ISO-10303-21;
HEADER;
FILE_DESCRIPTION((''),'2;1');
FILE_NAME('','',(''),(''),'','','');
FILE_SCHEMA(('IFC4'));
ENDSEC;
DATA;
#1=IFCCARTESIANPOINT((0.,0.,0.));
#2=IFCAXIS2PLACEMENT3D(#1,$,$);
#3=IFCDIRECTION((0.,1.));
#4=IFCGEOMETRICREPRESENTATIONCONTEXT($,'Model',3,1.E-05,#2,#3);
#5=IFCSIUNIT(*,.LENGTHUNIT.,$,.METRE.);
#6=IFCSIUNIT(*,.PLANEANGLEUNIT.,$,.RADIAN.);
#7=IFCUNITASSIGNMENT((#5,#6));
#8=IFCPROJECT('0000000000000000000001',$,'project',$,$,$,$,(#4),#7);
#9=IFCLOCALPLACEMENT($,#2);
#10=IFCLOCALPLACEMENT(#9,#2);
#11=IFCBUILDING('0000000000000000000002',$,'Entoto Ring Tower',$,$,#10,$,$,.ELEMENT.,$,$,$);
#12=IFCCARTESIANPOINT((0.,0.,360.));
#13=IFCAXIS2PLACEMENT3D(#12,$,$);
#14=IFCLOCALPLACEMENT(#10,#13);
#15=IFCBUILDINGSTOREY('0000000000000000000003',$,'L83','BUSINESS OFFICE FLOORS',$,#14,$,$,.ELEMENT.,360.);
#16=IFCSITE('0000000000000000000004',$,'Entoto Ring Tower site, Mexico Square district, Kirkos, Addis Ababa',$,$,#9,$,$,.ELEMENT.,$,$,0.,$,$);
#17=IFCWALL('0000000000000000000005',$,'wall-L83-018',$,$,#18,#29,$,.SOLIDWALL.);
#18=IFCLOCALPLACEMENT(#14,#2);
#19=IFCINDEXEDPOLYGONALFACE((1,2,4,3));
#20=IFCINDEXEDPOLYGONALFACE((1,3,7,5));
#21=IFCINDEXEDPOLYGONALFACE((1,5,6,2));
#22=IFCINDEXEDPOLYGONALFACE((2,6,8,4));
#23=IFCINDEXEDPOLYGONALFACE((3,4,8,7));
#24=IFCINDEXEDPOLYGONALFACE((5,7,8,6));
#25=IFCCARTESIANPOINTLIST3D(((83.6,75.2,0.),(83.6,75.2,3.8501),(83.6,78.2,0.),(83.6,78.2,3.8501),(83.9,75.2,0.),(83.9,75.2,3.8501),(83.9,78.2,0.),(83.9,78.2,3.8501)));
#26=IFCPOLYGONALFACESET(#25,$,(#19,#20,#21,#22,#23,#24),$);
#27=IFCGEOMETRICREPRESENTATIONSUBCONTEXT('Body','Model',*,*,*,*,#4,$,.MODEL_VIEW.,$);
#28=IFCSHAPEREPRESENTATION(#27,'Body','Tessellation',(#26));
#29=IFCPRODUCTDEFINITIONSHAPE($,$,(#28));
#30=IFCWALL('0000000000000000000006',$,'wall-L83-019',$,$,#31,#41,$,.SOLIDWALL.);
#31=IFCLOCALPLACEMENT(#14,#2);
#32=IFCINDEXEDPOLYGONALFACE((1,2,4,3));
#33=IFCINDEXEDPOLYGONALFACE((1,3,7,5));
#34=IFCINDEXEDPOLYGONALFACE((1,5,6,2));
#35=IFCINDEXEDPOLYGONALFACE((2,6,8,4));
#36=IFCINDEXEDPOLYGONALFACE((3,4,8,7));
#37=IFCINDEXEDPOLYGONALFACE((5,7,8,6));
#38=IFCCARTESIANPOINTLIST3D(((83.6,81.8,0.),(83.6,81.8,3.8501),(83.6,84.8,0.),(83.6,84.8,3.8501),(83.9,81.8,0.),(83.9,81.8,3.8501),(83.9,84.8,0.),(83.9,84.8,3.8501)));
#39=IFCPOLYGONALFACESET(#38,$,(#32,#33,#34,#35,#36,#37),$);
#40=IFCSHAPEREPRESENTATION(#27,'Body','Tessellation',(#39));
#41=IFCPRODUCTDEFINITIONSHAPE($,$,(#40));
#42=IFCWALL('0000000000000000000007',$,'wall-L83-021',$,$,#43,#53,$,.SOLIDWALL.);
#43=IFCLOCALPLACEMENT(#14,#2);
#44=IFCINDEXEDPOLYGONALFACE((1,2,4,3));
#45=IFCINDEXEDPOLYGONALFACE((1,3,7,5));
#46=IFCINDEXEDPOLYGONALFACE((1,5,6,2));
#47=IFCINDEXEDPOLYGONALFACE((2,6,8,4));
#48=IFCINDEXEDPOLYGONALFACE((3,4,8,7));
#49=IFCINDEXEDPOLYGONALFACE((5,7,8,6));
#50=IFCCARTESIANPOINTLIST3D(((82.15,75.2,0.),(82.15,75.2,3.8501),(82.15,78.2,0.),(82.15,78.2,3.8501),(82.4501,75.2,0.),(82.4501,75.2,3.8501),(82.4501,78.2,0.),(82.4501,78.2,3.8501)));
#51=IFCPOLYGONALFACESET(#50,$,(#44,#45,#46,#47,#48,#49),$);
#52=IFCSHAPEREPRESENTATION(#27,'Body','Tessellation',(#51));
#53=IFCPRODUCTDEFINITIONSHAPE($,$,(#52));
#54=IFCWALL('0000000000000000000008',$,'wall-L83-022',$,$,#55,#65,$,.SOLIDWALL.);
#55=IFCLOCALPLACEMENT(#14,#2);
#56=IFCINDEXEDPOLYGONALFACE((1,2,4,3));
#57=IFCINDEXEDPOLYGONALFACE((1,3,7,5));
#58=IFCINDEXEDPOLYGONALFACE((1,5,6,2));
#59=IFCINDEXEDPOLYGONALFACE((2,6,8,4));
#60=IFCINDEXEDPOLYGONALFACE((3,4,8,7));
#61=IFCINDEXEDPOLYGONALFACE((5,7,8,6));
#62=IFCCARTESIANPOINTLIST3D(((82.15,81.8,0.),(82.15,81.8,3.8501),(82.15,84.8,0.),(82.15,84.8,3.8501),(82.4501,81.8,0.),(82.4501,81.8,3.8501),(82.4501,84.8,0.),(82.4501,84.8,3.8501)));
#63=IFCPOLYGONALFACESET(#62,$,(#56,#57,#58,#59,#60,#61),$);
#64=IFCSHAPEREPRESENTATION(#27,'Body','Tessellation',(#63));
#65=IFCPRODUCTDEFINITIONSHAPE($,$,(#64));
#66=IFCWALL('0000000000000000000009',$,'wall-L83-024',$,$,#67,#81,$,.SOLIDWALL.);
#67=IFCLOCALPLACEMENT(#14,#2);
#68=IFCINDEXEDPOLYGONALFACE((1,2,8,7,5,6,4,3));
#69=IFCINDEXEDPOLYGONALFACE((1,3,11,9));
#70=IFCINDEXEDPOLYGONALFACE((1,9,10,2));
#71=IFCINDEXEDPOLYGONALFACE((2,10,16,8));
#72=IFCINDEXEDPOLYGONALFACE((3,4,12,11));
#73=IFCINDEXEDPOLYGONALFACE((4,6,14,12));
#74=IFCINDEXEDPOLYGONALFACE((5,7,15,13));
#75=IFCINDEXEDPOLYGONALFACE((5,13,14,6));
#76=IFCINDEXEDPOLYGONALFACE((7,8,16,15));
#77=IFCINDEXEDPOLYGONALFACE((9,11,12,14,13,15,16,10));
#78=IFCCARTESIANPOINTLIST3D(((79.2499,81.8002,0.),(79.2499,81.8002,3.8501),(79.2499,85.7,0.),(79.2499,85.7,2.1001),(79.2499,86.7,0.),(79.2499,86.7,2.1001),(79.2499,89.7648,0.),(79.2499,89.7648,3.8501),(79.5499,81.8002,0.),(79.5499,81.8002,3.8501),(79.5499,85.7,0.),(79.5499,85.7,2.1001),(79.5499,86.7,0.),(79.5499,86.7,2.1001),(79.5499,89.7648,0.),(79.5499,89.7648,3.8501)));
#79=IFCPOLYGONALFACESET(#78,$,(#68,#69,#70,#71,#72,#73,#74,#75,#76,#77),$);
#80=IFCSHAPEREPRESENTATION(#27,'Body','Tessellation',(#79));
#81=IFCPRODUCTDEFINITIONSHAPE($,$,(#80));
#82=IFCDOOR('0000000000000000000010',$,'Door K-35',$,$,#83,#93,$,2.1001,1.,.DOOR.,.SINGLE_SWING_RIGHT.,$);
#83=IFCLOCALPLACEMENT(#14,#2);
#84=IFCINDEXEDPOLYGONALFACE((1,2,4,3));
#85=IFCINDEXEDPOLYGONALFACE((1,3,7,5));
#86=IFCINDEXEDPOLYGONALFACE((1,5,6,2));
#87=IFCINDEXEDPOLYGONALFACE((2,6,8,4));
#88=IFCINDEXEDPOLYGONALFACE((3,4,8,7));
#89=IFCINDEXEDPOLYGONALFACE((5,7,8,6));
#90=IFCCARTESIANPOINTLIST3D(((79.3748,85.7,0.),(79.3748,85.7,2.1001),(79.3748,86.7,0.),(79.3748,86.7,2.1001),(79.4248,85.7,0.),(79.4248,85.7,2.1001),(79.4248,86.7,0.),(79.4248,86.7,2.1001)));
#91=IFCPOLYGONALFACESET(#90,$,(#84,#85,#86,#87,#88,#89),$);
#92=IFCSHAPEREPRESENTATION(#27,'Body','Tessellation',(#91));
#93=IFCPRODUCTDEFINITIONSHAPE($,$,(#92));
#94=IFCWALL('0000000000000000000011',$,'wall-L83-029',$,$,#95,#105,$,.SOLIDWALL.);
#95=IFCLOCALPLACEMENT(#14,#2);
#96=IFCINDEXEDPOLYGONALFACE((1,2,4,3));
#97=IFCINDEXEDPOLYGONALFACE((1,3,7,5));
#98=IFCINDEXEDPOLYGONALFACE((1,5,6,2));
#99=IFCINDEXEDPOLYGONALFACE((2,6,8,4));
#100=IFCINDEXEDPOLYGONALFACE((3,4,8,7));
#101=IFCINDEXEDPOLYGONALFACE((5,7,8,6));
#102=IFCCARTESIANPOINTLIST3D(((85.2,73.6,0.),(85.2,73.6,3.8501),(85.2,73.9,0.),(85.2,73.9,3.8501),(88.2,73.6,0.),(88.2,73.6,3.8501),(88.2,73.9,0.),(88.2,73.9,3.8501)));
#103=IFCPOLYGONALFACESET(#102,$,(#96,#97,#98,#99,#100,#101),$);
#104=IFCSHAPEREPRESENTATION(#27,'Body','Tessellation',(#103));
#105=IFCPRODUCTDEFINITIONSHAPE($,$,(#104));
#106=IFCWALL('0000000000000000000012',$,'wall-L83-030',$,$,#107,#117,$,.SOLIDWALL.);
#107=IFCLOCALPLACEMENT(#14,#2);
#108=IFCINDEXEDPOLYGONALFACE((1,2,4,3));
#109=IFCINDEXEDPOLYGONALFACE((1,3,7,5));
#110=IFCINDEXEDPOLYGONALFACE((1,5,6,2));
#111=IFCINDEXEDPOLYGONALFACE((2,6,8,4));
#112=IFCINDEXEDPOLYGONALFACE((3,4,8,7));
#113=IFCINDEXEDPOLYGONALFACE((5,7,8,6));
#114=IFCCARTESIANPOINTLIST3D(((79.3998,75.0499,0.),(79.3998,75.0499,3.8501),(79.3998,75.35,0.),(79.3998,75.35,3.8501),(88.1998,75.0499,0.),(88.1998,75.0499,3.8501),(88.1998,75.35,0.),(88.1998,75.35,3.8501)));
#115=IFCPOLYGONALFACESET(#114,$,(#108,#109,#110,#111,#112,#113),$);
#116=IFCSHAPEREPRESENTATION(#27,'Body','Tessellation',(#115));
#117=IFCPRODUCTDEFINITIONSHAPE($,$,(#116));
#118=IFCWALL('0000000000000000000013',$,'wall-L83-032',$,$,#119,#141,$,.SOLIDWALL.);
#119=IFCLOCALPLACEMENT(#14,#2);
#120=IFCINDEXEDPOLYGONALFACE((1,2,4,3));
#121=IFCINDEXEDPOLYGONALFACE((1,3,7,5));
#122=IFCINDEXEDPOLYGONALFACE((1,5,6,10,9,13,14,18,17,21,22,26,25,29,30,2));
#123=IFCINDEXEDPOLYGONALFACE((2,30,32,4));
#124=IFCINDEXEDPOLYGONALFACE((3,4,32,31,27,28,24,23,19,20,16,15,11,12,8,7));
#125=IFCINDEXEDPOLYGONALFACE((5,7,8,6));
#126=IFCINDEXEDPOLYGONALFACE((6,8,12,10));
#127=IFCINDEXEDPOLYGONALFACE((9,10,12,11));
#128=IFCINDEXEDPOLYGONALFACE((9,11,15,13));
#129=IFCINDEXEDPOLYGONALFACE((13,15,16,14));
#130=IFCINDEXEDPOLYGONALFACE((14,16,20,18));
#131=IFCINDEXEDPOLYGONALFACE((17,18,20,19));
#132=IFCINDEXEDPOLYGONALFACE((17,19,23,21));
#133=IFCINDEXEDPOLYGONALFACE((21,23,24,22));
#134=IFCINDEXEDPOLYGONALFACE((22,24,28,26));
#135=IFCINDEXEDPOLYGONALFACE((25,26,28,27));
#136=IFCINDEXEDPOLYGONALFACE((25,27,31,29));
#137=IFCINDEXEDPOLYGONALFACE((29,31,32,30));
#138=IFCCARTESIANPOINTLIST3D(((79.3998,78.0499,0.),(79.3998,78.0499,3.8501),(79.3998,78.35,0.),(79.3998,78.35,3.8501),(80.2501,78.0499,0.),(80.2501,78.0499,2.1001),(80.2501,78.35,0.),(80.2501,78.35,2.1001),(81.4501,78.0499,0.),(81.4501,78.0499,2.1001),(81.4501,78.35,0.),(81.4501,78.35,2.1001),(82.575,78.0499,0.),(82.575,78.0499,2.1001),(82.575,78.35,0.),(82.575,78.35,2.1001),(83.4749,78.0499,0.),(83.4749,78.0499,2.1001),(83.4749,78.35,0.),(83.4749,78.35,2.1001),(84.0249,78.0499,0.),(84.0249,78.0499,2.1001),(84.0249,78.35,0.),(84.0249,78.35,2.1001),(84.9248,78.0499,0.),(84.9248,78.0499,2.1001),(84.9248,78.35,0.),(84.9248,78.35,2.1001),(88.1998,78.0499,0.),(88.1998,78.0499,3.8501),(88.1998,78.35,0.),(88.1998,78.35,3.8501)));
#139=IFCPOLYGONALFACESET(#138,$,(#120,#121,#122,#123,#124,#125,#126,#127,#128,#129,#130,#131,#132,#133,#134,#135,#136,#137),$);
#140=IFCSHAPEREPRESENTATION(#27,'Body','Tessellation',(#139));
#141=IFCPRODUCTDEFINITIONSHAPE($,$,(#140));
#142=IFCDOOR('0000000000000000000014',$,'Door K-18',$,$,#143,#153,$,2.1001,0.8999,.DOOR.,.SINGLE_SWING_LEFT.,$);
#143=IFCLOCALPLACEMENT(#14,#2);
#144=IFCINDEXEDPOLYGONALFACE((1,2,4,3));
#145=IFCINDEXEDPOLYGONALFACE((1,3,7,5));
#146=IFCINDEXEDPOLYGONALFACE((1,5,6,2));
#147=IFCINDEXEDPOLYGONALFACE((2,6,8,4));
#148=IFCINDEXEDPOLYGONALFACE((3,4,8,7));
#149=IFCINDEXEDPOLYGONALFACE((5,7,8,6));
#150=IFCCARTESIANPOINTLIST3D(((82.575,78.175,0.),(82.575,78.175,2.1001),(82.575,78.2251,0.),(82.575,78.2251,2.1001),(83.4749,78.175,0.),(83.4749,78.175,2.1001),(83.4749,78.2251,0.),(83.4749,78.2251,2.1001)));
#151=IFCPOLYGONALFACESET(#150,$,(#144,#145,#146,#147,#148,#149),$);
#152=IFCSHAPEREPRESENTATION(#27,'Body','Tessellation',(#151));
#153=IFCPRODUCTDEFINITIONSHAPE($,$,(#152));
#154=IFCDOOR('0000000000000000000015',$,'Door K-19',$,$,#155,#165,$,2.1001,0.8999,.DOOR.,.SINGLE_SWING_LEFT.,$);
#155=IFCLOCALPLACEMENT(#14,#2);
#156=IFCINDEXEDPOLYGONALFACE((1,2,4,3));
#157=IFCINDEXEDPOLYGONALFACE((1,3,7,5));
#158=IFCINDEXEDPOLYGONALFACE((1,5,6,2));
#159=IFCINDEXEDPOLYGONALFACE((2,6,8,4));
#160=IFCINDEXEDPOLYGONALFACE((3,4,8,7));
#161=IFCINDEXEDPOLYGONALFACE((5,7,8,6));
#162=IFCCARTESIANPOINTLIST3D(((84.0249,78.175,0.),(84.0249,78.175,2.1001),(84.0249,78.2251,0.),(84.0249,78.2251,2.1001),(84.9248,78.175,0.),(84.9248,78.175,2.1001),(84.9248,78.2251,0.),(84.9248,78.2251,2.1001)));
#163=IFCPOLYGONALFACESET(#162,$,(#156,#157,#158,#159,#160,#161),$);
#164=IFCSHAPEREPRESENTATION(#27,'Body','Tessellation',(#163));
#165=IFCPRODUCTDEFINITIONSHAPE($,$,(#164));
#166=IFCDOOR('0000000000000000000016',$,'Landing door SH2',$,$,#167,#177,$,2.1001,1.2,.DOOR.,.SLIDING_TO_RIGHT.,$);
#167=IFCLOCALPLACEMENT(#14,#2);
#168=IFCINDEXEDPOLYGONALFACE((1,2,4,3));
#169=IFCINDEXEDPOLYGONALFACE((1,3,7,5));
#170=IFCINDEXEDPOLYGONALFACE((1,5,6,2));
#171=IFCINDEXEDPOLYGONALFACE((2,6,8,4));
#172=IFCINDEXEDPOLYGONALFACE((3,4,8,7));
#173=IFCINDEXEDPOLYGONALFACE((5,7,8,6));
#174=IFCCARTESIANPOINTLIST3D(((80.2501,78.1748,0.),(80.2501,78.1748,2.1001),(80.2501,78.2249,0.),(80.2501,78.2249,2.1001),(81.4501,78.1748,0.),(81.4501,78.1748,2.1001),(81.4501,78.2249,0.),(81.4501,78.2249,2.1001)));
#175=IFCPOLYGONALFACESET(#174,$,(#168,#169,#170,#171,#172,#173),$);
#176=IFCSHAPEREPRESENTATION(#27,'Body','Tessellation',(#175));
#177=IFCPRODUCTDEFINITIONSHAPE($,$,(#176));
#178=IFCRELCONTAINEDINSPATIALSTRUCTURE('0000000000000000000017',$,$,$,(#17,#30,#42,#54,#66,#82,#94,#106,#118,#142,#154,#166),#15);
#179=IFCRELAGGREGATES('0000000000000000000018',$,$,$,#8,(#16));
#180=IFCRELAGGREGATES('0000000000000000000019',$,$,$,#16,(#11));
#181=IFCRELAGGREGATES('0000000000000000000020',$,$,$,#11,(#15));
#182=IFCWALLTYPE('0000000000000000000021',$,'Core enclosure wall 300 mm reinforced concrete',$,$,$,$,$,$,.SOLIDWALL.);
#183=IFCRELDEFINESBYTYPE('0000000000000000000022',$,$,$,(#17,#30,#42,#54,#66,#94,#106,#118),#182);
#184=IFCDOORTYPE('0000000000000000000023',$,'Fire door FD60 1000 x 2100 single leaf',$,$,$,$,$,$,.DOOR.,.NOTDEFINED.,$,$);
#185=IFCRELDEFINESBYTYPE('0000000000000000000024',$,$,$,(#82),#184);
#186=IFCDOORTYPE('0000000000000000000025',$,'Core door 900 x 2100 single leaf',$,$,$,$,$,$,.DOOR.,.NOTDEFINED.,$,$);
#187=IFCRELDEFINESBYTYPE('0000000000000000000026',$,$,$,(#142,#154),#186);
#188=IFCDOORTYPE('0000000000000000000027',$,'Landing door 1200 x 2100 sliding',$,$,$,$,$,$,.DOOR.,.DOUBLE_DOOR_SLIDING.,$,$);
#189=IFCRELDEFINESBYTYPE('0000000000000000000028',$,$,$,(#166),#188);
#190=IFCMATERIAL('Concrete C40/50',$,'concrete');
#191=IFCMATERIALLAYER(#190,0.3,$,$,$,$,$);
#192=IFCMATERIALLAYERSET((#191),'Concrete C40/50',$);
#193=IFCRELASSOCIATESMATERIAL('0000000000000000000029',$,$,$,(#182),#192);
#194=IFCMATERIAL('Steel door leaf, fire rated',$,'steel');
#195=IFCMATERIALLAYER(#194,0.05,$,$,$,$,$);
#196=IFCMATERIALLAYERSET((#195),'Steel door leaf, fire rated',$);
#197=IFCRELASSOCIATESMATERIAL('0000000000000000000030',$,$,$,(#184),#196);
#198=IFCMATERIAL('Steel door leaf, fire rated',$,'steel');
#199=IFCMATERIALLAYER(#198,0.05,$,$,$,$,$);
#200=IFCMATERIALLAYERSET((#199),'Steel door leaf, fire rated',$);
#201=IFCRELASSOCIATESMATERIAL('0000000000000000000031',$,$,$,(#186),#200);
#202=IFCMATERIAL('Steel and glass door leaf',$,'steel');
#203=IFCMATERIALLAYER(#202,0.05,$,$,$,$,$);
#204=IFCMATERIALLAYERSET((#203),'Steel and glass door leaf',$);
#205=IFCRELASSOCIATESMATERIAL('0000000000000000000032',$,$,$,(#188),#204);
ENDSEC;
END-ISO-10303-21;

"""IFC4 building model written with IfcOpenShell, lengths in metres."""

from ifc_helpers import new_model, si_unit, direction, frame, frame_2d, origin, place, context, subcontext, project, spatial, rectangle, extrude, material, layer, layer_set, type_object, element, fill, save


model = new_model("IFC4")

# Units and contexts
model_context = context("Model", 3, precision=1e-05, world=origin(), true_north=direction((0.0, 1.0)))
body_context = subcontext(model_context, "Body", "Model", "MODEL_VIEW")
ifc_project = project(units=[si_unit("LENGTHUNIT", "METRE"), si_unit("PLANEANGLEUNIT", "RADIAN")], contexts=[model_context])

# Site, building, storey
site_placement = place(None, origin())
site = spatial("IfcSite", under=ifc_project, at=site_placement, Name="Entoto Ring Tower site, Mexico Square district, Kirkos, Addis Ababa", CompositionType="ELEMENT", RefElevation=0.0)
building_placement = place(site_placement, origin())
building = spatial("IfcBuilding", under=site, at=building_placement, Name="Entoto Ring Tower", CompositionType="ELEMENT")
storey_placement = place(building_placement, frame((0.0, 0.0, 360.0)))
storey = spatial("IfcBuildingStorey", under=building, at=storey_placement, Name="L83", Description="BUSINESS OFFICE FLOORS", CompositionType="ELEMENT", Elevation=360.0)

# Walls
ifc_material_1 = material(Name="Concrete C40/50", Category="concrete")
ifc_layer_1 = layer(ifc_material_1, 0.3)
ifc_layer_set_1 = layer_set([ifc_layer_1], Name="Concrete C40/50")
wall_type = type_object("IfcWallType", Name="Core enclosure wall 300 mm reinforced concrete", PredefinedType="SOLIDWALL", material=ifc_layer_set_1)
for number, where, z_axis, x_axis, name in (
    (1, (83.75, 75.2, 0.0), (0.0, 0.0, 1.0), (0.0, 1.0, 0.0), "wall-L83-018"),
    (2, (83.75, 81.8, 0.0), (0.0, 0.0, 1.0), (0.0, 1.0, 0.0), "wall-L83-019"),
    (3, (82.3, 75.2, 0.0), (0.0, 0.0, 1.0), (0.0, 1.0, 0.0), "wall-L83-021"),
    (4, (82.3, 81.8, 0.0), (0.0, 0.0, 1.0), (0.0, 1.0, 0.0), "wall-L83-022"),
):
    element("IfcWall", number, at=place(storey_placement, frame(where, z_axis=z_axis, x_axis=x_axis)), inside=storey, type_object=wall_type, Name=name, PredefinedType="SOLIDWALL", context=body_context, shape_type="SweptSolid", body=[
        extrude(rectangle(XDim=3.0, YDim=0.3, at=frame_2d((1.5, 0.0))), origin(), (0.0, 0.0, 1.0), 3.8501),
    ])

# Wall, opening, door
wall_1_placement = place(storey_placement, frame((79.3999, 81.8, 0.0), z_axis=(0.0, 0.0, 1.0), x_axis=(0.0, 1.0, 0.0)))
wall_1 = element("IfcWall", 5, at=wall_1_placement, inside=storey, type_object=wall_type, Name="wall-L83-024", PredefinedType="SOLIDWALL", context=body_context, shape_type="SweptSolid", body=[
    extrude(rectangle(XDim=7.9646, YDim=0.3, at=frame_2d((3.9824, 0.0))), origin(), (0.0, 0.0, 1.0), 3.8501),
])
opening_1_placement = place(wall_1_placement, frame((3.8999, 0.0, 0.0)))
opening_1 = element("IfcOpeningElement", 6, at=opening_1_placement, cuts=wall_1, PredefinedType="OPENING", context=body_context, shape_type="SweptSolid", body=[
    extrude(rectangle(XDim=1.0, YDim=2.1001, at=frame_2d((0.5, 1.05))), frame((0.0, 0.1602, 0.0), z_axis=(0.0, -1.0, 0.0), x_axis=(1.0, 0.0, 0.0)), (0.0, 0.0, 1.0), 0.3201),
])
ifc_material_2 = material(Name="Steel door leaf, fire rated", Category="steel")
ifc_layer_2 = layer(ifc_material_2, 0.05)
ifc_layer_set_2 = layer_set([ifc_layer_2], Name="Steel door leaf, fire rated")
door_type_1 = type_object("IfcDoorType", Name="Fire door FD60 1000 x 2100 single leaf", OperationType="NOTDEFINED", PredefinedType="DOOR", material=ifc_layer_set_2)
door_1_placement = place(opening_1_placement, frame((1.0, 0.0, 0.0), z_axis=(0.0, 0.0, 1.0), x_axis=(-1.0, 0.0, 0.0)))
door_1 = element("IfcDoor", 7, at=door_1_placement, inside=storey, type_object=door_type_1, Name="Door K-35", OperationType="SINGLE_SWING_RIGHT", OverallHeight=2.1001, OverallWidth=1.0, PredefinedType="DOOR", context=body_context, shape_type="SweptSolid", body=[
    extrude(rectangle(XDim=1.0, YDim=2.1001, at=frame_2d((0.5, 1.05))), frame((0.0, 0.0249, 0.0), z_axis=(0.0, -1.0, 0.0), x_axis=(1.0, 0.0, 0.0)), (0.0, 0.0, 1.0), 0.05),
])
fill(opening_1, door_1)

# Walls
wall_2_placement = place(storey_placement, frame((85.2, 73.75, 0.0), z_axis=(0.0, 0.0, 1.0), x_axis=(1.0, 0.0, 0.0)))
element("IfcWall", 8, at=wall_2_placement, inside=storey, type_object=wall_type, Name="wall-L83-029", PredefinedType="SOLIDWALL", context=body_context, shape_type="SweptSolid", body=[
    extrude(rectangle(XDim=3.0, YDim=0.3, at=frame_2d((1.5, 0.0))), origin(), (0.0, 0.0, 1.0), 3.8501),
])
wall_3_placement = place(storey_placement, frame((79.3999, 75.2, 0.0), z_axis=(0.0, 0.0, 1.0), x_axis=(1.0, 0.0, 0.0)))
element("IfcWall", 9, at=wall_3_placement, inside=storey, type_object=wall_type, Name="wall-L83-030", PredefinedType="SOLIDWALL", context=body_context, shape_type="SweptSolid", body=[
    extrude(rectangle(XDim=8.8, YDim=0.3, at=frame_2d((4.3999, 0.0))), origin(), (0.0, 0.0, 1.0), 3.8501),
])

# Wall, openings, doors
wall_4_placement = place(storey_placement, frame((79.3999, 78.2, 0.0), z_axis=(0.0, 0.0, 1.0), x_axis=(1.0, 0.0, 0.0)))
wall_4 = element("IfcWall", 10, at=wall_4_placement, inside=storey, type_object=wall_type, Name="wall-L83-032", PredefinedType="SOLIDWALL", context=body_context, shape_type="SweptSolid", body=[
    extrude(rectangle(XDim=8.8, YDim=0.3, at=frame_2d((4.3999, 0.0))), origin(), (0.0, 0.0, 1.0), 3.8501),
])
opening_2_placement = place(wall_4_placement, frame((0.8501, 0.0, 0.0)))
opening_2 = element("IfcOpeningElement", 11, at=opening_2_placement, cuts=wall_4, PredefinedType="OPENING", context=body_context, shape_type="SweptSolid", body=[
    extrude(rectangle(XDim=1.2, YDim=2.1001, at=frame_2d((0.6001, 1.05))), frame((0.0, 0.1602, 0.0), z_axis=(0.0, -1.0, 0.0), x_axis=(1.0, 0.0, 0.0)), (0.0, 0.0, 1.0), 0.3201),
])
opening_3_placement = place(wall_4_placement, frame((3.175, 0.0, 0.0)))
opening_3 = element("IfcOpeningElement", 12, at=opening_3_placement, cuts=wall_4, PredefinedType="OPENING", context=body_context, shape_type="SweptSolid", body=[
    extrude(rectangle(XDim=0.8999, YDim=2.1001, at=frame_2d((0.45, 1.05))), frame((0.0, 0.1602, 0.0), z_axis=(0.0, -1.0, 0.0), x_axis=(1.0, 0.0, 0.0)), (0.0, 0.0, 1.0), 0.3201),
])
opening_4_placement = place(wall_4_placement, frame((4.625, 0.0, 0.0)))
opening_4 = element("IfcOpeningElement", 13, at=opening_4_placement, cuts=wall_4, PredefinedType="OPENING", context=body_context, shape_type="SweptSolid", body=[
    extrude(rectangle(XDim=0.8999, YDim=2.1001, at=frame_2d((0.45, 1.05))), frame((0.0, 0.1602, 0.0), z_axis=(0.0, -1.0, 0.0), x_axis=(1.0, 0.0, 0.0)), (0.0, 0.0, 1.0), 0.3201),
])
ifc_material_3 = material(Name="Steel door leaf, fire rated", Category="steel")
ifc_layer_3 = layer(ifc_material_3, 0.05)
ifc_layer_set_3 = layer_set([ifc_layer_3], Name="Steel door leaf, fire rated")
door_type_2 = type_object("IfcDoorType", Name="Core door 900 x 2100 single leaf", OperationType="NOTDEFINED", PredefinedType="DOOR", material=ifc_layer_set_3)
door_2_placement = place(opening_3_placement, frame((0.8999, 0.0, 0.0), z_axis=(0.0, 0.0, 1.0), x_axis=(-1.0, 0.0, 0.0)))
door_2 = element("IfcDoor", 14, at=door_2_placement, inside=storey, type_object=door_type_2, Name="Door K-18", OperationType="SINGLE_SWING_LEFT", OverallHeight=2.1001, OverallWidth=0.8999, PredefinedType="DOOR", context=body_context, shape_type="SweptSolid", body=[
    extrude(rectangle(XDim=0.8999, YDim=2.1001, at=frame_2d((0.45, 1.05))), frame((0.0, 0.0249, 0.0), z_axis=(0.0, -1.0, 0.0), x_axis=(1.0, 0.0, 0.0)), (0.0, 0.0, 1.0), 0.05),
])
fill(opening_3, door_2)
door_3_placement = place(opening_4_placement, frame((0.8999, 0.0, 0.0), z_axis=(0.0, 0.0, 1.0), x_axis=(-1.0, 0.0, 0.0)))
door_3 = element("IfcDoor", 15, at=door_3_placement, inside=storey, type_object=door_type_2, Name="Door K-19", OperationType="SINGLE_SWING_LEFT", OverallHeight=2.1001, OverallWidth=0.8999, PredefinedType="DOOR", context=body_context, shape_type="SweptSolid", body=[
    extrude(rectangle(XDim=0.8999, YDim=2.1001, at=frame_2d((0.45, 1.05))), frame((0.0, 0.0249, 0.0), z_axis=(0.0, -1.0, 0.0), x_axis=(1.0, 0.0, 0.0)), (0.0, 0.0, 1.0), 0.05),
])
fill(opening_4, door_3)
ifc_material_4 = material(Name="Steel and glass door leaf", Category="steel")
ifc_layer_4 = layer(ifc_material_4, 0.05)
ifc_layer_set_4 = layer_set([ifc_layer_4], Name="Steel and glass door leaf")
door_type_3 = type_object("IfcDoorType", Name="Landing door 1200 x 2100 sliding", OperationType="DOUBLE_DOOR_SLIDING", PredefinedType="DOOR", material=ifc_layer_set_4)
door_4_placement = place(opening_2_placement, origin())
door_4 = element("IfcDoor", 16, at=door_4_placement, inside=storey, type_object=door_type_3, Name="Landing door SH2", OperationType="SLIDING_TO_RIGHT", OverallHeight=2.1001, OverallWidth=1.2, PredefinedType="DOOR", context=body_context, shape_type="SweptSolid", body=[
    extrude(rectangle(XDim=1.2, YDim=2.1001, at=frame_2d((0.6001, 1.05))), frame((0.0, 0.0249, 0.0), z_axis=(0.0, -1.0, 0.0), x_axis=(1.0, 0.0, 0.0)), (0.0, 0.0, 1.0), 0.05),
])
fill(opening_2, door_4)

save(model, "model.ifc")
